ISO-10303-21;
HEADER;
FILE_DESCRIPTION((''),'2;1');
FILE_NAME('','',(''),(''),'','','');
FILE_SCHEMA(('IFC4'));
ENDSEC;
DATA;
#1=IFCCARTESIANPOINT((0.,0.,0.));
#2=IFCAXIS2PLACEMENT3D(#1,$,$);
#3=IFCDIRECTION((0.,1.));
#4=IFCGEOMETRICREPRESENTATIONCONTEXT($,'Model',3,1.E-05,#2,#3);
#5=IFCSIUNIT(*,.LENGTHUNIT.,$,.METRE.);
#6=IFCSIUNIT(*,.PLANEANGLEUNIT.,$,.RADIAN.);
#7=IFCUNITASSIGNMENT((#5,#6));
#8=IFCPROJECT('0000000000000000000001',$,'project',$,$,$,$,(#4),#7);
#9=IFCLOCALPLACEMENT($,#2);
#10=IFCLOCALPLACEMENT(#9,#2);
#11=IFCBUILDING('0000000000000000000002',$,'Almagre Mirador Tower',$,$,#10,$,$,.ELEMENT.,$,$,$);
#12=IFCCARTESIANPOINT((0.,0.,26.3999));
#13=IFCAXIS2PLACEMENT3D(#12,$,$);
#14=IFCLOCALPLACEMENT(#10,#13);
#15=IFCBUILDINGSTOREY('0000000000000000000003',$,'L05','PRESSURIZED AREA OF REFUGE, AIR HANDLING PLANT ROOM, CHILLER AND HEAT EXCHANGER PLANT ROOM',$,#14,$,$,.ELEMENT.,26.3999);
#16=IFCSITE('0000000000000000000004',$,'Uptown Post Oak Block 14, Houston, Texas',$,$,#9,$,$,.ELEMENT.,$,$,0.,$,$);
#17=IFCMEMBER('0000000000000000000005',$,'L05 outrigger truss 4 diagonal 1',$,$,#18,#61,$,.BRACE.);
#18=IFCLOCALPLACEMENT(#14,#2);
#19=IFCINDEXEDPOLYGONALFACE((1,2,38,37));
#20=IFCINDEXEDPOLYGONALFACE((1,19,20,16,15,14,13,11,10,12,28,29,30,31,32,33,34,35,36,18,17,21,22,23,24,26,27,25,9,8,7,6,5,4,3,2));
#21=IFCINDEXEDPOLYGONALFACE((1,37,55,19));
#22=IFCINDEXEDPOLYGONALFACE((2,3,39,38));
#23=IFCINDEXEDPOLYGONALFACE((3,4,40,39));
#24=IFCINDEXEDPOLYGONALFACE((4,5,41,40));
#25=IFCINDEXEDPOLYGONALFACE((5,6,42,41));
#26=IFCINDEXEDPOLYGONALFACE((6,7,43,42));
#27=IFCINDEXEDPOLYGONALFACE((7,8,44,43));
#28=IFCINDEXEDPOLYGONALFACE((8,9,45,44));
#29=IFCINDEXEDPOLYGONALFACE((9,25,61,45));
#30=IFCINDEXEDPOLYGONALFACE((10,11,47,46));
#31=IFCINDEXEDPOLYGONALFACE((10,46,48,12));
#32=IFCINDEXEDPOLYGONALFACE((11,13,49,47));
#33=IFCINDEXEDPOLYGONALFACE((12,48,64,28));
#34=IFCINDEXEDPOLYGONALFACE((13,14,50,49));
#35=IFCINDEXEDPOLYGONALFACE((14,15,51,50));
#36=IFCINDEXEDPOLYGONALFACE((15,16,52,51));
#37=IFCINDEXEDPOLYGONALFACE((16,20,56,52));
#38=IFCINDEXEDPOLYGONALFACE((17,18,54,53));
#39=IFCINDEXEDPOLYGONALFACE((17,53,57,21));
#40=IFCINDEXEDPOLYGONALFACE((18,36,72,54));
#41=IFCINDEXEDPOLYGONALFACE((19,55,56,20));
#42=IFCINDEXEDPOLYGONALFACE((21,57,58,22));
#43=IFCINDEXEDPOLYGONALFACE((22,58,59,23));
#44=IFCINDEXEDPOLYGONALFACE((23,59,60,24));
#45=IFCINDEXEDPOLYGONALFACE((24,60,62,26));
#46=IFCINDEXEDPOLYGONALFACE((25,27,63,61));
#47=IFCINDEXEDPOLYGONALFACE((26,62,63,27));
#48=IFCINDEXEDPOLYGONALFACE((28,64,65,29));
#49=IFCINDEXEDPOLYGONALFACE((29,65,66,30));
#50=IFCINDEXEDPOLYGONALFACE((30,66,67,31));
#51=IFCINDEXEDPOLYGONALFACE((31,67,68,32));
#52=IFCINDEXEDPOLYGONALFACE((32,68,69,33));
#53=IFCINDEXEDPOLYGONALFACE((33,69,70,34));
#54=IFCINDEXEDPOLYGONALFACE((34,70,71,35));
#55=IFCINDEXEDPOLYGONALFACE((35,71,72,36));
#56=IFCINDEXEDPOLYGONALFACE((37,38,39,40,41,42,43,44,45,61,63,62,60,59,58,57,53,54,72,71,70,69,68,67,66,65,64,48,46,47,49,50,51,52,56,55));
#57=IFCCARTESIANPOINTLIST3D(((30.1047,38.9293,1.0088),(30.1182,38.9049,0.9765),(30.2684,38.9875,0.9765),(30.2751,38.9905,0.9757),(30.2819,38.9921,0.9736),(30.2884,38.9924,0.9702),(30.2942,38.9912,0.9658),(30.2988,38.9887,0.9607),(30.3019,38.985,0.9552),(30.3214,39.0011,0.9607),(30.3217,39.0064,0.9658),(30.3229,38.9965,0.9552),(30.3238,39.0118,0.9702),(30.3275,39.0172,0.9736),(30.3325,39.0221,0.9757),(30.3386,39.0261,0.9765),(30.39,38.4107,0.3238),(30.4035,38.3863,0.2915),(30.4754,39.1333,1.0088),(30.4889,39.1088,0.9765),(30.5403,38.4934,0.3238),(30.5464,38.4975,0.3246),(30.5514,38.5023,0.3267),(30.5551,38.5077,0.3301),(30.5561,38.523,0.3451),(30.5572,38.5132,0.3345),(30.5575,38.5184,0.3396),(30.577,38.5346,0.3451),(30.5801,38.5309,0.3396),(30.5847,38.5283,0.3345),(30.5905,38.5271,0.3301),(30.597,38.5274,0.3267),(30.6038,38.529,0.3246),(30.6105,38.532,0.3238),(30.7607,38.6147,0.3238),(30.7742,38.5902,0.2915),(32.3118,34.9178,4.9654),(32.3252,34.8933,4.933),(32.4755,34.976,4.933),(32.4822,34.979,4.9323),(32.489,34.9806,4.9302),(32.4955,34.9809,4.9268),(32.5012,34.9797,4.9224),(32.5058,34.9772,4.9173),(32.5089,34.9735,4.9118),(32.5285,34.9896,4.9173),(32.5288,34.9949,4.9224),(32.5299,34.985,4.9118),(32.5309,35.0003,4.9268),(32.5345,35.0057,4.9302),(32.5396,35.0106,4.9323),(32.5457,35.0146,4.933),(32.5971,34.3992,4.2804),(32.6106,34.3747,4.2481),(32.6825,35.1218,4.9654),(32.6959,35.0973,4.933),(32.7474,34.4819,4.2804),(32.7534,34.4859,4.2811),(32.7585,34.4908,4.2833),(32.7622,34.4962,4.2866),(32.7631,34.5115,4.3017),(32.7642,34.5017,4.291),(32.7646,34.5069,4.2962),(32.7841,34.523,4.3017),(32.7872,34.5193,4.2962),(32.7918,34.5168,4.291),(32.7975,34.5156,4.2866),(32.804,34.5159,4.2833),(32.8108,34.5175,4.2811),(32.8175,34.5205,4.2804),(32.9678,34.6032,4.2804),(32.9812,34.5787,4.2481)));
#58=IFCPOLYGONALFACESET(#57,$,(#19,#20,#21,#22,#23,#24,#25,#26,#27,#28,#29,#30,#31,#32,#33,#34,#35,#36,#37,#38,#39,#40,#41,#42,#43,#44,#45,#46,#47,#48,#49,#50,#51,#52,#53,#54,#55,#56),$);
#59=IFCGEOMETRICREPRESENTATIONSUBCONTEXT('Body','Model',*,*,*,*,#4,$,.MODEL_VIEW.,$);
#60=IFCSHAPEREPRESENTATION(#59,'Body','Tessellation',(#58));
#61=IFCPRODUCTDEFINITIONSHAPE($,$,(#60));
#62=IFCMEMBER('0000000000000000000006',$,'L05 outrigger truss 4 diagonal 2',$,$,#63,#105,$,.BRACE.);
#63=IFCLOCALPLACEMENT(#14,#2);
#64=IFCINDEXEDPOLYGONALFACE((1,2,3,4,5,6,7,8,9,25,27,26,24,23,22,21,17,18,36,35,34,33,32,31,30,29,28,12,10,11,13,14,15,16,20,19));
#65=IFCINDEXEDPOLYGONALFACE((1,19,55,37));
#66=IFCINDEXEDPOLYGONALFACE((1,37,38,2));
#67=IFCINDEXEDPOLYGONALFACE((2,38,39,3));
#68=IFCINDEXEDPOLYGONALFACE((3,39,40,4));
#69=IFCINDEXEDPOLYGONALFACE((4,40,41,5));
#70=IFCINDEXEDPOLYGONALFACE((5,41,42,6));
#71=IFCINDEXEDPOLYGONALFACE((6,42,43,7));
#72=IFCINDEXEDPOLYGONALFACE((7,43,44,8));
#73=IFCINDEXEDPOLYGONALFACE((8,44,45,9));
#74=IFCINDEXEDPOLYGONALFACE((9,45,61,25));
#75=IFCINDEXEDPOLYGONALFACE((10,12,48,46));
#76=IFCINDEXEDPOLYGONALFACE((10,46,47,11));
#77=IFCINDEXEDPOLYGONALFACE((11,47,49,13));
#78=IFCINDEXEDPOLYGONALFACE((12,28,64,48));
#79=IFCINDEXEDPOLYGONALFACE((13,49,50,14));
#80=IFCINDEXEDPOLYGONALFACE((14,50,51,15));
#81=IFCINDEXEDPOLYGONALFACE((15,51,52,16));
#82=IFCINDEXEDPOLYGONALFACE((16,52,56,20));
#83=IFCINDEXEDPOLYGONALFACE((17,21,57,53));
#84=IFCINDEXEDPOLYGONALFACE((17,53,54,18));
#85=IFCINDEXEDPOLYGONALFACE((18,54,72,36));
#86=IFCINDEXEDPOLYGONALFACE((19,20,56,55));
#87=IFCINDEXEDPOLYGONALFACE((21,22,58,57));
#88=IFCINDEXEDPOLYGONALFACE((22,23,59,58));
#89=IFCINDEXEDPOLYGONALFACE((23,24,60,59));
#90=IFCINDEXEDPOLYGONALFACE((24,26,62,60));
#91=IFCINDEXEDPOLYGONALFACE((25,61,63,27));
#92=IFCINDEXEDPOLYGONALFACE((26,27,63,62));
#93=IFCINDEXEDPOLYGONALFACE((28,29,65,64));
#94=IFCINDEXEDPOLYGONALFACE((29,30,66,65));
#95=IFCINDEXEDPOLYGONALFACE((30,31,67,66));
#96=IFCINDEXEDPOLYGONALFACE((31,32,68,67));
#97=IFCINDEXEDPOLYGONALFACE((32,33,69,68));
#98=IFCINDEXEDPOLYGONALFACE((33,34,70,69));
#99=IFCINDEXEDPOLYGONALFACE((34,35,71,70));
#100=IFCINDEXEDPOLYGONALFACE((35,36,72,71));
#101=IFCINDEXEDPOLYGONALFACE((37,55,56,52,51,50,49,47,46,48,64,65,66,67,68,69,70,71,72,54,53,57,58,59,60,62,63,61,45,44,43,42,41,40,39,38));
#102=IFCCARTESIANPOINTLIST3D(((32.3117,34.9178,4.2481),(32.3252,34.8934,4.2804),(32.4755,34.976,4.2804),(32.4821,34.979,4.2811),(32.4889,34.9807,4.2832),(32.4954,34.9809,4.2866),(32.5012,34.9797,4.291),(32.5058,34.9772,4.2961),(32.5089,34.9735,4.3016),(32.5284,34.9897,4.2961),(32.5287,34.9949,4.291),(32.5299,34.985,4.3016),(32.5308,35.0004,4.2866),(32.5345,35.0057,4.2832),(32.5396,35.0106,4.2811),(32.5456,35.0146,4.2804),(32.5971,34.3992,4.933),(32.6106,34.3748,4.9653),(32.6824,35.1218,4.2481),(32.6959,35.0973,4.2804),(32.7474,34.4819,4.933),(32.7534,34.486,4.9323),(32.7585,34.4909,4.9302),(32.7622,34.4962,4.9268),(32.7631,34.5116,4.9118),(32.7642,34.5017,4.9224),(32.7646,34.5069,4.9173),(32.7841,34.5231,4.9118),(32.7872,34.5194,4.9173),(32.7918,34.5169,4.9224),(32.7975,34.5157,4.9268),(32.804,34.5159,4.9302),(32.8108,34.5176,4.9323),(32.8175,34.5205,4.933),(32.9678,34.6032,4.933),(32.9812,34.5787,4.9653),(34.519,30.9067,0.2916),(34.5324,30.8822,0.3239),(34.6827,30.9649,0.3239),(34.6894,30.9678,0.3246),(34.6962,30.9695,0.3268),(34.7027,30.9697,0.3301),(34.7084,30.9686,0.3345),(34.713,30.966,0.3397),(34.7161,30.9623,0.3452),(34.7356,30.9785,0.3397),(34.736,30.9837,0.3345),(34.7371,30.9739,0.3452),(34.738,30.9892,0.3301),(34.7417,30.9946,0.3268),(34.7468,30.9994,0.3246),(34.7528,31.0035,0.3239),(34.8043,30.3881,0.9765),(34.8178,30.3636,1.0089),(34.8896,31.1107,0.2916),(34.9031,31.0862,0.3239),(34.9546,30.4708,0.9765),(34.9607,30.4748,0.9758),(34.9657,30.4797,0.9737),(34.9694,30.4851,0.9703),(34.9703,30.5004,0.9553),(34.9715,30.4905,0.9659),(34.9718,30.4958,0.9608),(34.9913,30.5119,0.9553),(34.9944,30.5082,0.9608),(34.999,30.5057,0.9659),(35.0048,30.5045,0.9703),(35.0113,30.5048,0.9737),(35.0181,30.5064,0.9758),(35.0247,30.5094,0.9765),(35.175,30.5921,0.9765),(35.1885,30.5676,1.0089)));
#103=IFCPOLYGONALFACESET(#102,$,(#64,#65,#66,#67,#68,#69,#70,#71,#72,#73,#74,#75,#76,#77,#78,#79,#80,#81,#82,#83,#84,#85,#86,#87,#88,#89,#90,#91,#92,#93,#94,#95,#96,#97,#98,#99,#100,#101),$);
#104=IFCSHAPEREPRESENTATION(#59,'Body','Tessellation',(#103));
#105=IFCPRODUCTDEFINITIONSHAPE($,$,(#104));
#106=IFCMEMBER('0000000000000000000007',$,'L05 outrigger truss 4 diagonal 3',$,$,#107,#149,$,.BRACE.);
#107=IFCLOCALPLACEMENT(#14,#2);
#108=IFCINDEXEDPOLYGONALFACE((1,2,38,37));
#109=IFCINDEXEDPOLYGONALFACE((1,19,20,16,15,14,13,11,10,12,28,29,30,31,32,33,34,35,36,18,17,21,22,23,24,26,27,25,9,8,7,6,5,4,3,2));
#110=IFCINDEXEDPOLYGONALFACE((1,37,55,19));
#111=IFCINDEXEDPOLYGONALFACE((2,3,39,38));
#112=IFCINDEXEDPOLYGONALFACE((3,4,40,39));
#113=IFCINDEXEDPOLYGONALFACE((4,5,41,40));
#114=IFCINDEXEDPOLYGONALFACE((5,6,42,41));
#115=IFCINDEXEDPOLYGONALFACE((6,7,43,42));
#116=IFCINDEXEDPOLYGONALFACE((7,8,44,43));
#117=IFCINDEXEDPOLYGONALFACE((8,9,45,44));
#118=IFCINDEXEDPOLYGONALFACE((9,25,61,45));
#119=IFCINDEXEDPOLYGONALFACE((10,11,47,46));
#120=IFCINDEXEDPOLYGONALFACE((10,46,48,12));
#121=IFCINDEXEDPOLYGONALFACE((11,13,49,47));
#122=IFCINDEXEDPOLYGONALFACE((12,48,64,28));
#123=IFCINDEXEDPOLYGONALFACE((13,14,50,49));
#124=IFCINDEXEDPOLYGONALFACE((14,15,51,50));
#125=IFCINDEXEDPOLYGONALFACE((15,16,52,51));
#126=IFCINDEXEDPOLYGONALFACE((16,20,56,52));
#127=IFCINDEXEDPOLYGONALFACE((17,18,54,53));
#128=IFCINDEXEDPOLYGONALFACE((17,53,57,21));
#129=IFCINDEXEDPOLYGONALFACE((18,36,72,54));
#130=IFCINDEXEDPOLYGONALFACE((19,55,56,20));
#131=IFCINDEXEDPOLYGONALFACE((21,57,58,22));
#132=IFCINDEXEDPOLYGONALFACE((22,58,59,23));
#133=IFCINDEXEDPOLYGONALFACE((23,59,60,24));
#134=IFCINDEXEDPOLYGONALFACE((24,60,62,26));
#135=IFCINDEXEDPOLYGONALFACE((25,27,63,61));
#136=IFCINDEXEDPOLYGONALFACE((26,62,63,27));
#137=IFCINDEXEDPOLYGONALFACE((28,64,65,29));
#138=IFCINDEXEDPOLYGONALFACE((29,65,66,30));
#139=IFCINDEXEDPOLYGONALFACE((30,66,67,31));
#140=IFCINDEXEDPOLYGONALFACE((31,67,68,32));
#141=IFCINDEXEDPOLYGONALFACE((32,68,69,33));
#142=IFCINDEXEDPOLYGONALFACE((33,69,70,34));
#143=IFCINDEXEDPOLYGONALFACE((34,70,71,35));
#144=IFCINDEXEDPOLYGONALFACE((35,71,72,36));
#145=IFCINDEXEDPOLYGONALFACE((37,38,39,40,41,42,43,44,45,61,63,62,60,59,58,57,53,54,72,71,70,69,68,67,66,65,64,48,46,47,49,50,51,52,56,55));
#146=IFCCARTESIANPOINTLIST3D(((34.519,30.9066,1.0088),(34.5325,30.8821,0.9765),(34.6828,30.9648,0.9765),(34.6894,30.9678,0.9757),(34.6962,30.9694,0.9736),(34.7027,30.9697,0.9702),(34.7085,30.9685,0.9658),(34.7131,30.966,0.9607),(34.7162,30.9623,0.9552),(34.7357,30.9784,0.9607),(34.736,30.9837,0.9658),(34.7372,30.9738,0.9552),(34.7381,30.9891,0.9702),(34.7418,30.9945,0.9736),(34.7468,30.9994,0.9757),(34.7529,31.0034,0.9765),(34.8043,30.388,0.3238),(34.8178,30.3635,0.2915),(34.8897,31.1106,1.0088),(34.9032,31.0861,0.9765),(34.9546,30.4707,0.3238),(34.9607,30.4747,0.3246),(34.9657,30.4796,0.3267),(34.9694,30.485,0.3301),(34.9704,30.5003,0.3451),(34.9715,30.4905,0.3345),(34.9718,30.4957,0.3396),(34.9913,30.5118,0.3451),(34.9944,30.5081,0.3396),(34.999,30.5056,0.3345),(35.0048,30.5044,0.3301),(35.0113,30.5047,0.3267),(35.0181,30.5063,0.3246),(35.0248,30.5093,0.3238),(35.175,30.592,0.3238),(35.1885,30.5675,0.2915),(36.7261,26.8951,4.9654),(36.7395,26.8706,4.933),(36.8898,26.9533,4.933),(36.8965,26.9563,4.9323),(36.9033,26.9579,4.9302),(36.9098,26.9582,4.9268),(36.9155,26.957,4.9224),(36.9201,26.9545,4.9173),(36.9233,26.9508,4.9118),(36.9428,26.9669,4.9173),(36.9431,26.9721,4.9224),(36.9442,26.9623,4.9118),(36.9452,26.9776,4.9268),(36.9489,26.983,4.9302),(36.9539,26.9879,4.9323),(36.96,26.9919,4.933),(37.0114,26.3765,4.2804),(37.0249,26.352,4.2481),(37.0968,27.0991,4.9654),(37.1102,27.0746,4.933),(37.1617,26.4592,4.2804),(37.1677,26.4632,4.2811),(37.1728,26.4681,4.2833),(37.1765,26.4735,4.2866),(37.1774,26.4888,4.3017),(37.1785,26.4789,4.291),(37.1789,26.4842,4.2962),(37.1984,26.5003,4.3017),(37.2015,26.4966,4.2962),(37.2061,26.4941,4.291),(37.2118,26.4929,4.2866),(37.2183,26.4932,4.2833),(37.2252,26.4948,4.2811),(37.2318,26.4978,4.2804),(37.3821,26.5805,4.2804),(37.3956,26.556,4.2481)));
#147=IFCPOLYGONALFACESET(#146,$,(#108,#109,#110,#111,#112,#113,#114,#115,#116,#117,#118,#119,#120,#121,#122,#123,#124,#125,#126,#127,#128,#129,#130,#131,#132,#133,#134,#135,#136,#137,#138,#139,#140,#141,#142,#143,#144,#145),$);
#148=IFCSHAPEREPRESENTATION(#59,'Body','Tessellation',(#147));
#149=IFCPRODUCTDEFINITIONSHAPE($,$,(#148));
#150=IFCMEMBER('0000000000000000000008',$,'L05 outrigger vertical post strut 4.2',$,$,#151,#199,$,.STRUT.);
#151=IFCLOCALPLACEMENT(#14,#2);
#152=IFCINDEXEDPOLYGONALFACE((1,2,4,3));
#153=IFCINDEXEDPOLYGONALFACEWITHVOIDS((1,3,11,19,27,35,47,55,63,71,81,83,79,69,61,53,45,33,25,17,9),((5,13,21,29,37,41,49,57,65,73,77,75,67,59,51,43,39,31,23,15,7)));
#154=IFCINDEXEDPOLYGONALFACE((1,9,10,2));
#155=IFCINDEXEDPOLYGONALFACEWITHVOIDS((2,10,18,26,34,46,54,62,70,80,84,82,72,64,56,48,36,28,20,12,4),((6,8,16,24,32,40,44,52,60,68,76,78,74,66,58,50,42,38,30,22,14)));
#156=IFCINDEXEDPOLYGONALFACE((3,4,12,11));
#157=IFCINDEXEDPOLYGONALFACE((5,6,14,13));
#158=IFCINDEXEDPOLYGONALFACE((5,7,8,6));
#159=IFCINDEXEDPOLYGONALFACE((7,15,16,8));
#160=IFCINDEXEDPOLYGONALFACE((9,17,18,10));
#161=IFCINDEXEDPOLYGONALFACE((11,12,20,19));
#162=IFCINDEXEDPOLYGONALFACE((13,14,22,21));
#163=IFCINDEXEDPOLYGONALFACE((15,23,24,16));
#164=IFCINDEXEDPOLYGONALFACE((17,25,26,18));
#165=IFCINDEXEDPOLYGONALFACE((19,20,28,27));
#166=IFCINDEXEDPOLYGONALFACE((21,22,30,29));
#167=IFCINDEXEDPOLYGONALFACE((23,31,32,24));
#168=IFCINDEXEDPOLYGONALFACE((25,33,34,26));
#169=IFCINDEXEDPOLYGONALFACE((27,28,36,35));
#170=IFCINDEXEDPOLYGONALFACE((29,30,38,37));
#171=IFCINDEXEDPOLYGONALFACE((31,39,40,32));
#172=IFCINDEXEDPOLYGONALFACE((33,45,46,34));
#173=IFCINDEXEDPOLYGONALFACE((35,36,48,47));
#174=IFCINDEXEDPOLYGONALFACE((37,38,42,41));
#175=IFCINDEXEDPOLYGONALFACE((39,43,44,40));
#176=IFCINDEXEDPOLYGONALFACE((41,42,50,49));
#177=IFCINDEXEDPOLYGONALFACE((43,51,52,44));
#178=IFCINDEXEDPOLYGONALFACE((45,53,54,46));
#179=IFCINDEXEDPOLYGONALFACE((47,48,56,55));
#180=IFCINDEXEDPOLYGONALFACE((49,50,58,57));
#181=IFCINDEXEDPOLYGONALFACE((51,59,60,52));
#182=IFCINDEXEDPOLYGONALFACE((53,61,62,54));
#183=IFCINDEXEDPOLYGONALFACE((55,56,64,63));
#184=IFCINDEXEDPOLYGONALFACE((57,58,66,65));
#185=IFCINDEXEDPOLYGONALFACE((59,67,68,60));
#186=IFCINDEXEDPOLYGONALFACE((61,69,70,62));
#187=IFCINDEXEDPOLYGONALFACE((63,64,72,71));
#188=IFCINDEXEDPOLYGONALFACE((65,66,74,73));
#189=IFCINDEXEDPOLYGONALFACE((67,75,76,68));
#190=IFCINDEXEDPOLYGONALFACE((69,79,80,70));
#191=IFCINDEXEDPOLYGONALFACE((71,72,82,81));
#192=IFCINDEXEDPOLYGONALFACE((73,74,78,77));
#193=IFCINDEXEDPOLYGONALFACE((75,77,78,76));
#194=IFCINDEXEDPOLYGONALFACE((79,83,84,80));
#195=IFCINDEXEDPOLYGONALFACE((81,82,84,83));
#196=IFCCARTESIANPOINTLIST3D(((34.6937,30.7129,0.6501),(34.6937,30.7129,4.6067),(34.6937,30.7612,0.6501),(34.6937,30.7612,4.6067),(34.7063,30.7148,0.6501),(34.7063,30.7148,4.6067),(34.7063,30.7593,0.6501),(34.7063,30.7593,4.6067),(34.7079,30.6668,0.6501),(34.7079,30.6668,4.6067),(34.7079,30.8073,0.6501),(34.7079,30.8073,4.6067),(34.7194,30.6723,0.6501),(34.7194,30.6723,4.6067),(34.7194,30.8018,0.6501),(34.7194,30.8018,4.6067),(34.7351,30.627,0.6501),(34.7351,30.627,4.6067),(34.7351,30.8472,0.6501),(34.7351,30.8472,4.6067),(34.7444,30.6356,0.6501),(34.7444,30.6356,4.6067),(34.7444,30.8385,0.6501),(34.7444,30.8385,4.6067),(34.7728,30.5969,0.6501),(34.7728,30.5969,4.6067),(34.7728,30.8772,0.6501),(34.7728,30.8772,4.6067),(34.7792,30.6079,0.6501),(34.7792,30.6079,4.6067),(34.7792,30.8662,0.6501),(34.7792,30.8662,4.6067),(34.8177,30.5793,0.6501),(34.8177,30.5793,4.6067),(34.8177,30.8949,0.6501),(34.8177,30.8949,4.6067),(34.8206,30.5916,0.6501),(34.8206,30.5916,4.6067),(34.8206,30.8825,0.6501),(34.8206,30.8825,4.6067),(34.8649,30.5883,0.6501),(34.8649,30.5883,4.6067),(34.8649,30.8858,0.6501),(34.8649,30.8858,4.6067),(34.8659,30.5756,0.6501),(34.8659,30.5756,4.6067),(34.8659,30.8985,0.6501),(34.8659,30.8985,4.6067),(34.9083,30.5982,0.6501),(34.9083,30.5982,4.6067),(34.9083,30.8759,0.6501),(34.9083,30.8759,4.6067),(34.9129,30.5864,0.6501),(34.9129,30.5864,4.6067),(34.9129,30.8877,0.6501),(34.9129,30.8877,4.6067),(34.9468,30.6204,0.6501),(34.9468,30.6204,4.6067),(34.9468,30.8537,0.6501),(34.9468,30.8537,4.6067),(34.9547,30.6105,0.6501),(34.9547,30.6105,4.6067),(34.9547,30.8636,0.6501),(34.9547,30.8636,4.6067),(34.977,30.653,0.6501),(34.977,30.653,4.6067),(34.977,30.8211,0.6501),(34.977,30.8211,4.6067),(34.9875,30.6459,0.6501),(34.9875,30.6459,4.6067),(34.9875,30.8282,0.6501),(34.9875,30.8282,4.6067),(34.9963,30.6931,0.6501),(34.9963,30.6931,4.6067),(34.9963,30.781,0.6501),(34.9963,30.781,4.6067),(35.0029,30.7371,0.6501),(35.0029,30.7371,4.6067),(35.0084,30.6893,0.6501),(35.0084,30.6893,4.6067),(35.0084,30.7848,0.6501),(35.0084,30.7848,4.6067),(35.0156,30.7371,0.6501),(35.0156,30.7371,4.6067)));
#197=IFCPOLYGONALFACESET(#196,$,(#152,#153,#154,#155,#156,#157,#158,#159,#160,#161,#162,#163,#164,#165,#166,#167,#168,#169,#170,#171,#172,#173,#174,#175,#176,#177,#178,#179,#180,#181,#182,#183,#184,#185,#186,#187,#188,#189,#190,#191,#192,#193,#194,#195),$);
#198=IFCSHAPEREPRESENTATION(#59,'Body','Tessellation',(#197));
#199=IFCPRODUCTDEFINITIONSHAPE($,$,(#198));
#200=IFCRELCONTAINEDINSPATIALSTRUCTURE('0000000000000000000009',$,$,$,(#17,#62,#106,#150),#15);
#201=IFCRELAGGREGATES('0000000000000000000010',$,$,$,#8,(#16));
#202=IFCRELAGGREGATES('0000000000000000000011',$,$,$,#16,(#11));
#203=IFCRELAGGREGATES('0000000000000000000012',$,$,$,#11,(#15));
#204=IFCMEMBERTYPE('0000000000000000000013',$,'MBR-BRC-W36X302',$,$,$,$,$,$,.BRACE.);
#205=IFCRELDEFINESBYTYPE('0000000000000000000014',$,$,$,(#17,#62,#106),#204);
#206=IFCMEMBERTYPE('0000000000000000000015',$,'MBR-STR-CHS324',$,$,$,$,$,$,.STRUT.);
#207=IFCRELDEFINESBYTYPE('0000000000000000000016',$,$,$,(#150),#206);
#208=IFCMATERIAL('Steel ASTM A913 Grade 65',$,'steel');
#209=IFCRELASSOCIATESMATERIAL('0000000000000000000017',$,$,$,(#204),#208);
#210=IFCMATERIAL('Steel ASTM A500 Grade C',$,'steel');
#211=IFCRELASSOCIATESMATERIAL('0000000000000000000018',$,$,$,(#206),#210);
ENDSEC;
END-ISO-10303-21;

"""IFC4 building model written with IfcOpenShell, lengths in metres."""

from ifc_helpers import new_model, si_unit, direction, frame, origin, origin_2d, place, context, subcontext, project, spatial, hollow_circle, i_section, extrude, material, material_profile, profile_set, type_object, element, save


model = new_model("IFC4")

# Units and contexts
model_context = context("Model", 3, precision=1e-05, world=origin(), true_north=direction((0.0, 1.0)))
body_context = subcontext(model_context, "Body", "Model", "MODEL_VIEW")
ifc_project = project(units=[si_unit("LENGTHUNIT", "METRE"), si_unit("PLANEANGLEUNIT", "RADIAN")], contexts=[model_context])

# Site, building, storey
site_placement = place(None, origin())
site = spatial("IfcSite", under=ifc_project, at=site_placement, Name="Uptown Post Oak Block 14, Houston, Texas", CompositionType="ELEMENT", RefElevation=0.0)
building_placement = place(site_placement, origin())
building = spatial("IfcBuilding", under=site, at=building_placement, Name="Almagre Mirador Tower", CompositionType="ELEMENT")
storey_placement = place(building_placement, frame((0.0, 0.0, 26.3999)))
storey = spatial("IfcBuildingStorey", under=building, at=storey_placement, Name="L05", Description="PRESSURIZED AREA OF REFUGE, AIR HANDLING PLANT ROOM, CHILLER AND HEAT EXCHANGER PLANT ROOM", CompositionType="ELEMENT", Elevation=26.3999)

# Members
ifc_material_1 = material(Name="Steel ASTM A913 Grade 65", Category="steel")
ifc_material_profile_1 = material_profile(ifc_material_1, i_section(OverallWidth=0.4231, OverallDepth=0.948, WebThickness=0.0239, FlangeThickness=0.0427, FilletRadius=0.0281, at=origin_2d()), Name="W36X302")
ifc_profile_set_1 = profile_set([ifc_material_profile_1], Name="Steel ASTM A913 Grade 65")
member_type_1 = type_object("IfcMemberType", Name="MBR-BRC-W36X302", PredefinedType="BRACE", material=ifc_profile_set_1)
member_1_placement = place(storey_placement, frame((30.4395, 38.7598, 0.6501), z_axis=(0.364726, -0.662921, 0.653843), x_axis=(0.876149, 0.48204, 0.0)))
element("IfcMember", 1, at=member_1_placement, inside=storey, type_object=member_type_1, Name="L05 outrigger truss 4 diagonal 1", PredefinedType="BRACE", context=body_context, shape_type="SweptSolid", body=[
    extrude(i_section(OverallWidth=0.4231, OverallDepth=0.948, WebThickness=0.0239, FlangeThickness=0.0427, FilletRadius=0.0281, at=origin_2d()), origin(), (0.0, 0.0, 1.0), 6.0513),
])
member_2_placement = place(storey_placement, frame((32.6465, 34.7483, 4.6067), z_axis=(0.36477, -0.662889, -0.653851), x_axis=(0.876115, 0.482103, 0.0)))
element("IfcMember", 2, at=member_2_placement, inside=storey, type_object=member_type_1, Name="L05 outrigger truss 4 diagonal 2", PredefinedType="BRACE", context=body_context, shape_type="SweptSolid", body=[
    extrude(i_section(OverallWidth=0.4231, OverallDepth=0.948, WebThickness=0.0239, FlangeThickness=0.0427, FilletRadius=0.0281, at=origin_2d()), origin(), (0.0, 0.0, 1.0), 6.051),
])
member_3_placement = place(storey_placement, frame((34.8538, 30.7371, 0.6501), z_axis=(0.364726, -0.662921, 0.653843), x_axis=(0.876149, 0.48204, 0.0)))
element("IfcMember", 3, at=member_3_placement, inside=storey, type_object=member_type_1, Name="L05 outrigger truss 4 diagonal 3", PredefinedType="BRACE", context=body_context, shape_type="SweptSolid", body=[
    extrude(i_section(OverallWidth=0.4231, OverallDepth=0.948, WebThickness=0.0239, FlangeThickness=0.0427, FilletRadius=0.0281, at=origin_2d()), origin(), (0.0, 0.0, 1.0), 6.0513),
])
ifc_material_2 = material(Name="Steel ASTM A500 Grade C", Category="steel")
ifc_material_profile_2 = material_profile(ifc_material_2, hollow_circle(Radius=0.1619, WallThickness=0.0127, at=origin_2d()), Name="CHS323.9X12.7")
ifc_profile_set_2 = profile_set([ifc_material_profile_2], Name="Steel ASTM A500 Grade C")
member_type_2 = type_object("IfcMemberType", Name="MBR-STR-CHS324", PredefinedType="STRUT", material=ifc_profile_set_2)
member_4_placement = place(storey_placement, frame((34.8538, 30.7371, 0.6501), z_axis=(0.0, 0.0, 1.0), x_axis=(1.0, 0.0, 0.0)))
element("IfcMember", 4, at=member_4_placement, inside=storey, type_object=member_type_2, Name="L05 outrigger vertical post strut 4.2", PredefinedType="STRUT", context=body_context, shape_type="SweptSolid", body=[
    extrude(hollow_circle(Radius=0.1619, WallThickness=0.0127, at=origin_2d()), origin(), (0.0, 0.0, 1.0), 3.9565),
])

save(model, "model.ifc")
